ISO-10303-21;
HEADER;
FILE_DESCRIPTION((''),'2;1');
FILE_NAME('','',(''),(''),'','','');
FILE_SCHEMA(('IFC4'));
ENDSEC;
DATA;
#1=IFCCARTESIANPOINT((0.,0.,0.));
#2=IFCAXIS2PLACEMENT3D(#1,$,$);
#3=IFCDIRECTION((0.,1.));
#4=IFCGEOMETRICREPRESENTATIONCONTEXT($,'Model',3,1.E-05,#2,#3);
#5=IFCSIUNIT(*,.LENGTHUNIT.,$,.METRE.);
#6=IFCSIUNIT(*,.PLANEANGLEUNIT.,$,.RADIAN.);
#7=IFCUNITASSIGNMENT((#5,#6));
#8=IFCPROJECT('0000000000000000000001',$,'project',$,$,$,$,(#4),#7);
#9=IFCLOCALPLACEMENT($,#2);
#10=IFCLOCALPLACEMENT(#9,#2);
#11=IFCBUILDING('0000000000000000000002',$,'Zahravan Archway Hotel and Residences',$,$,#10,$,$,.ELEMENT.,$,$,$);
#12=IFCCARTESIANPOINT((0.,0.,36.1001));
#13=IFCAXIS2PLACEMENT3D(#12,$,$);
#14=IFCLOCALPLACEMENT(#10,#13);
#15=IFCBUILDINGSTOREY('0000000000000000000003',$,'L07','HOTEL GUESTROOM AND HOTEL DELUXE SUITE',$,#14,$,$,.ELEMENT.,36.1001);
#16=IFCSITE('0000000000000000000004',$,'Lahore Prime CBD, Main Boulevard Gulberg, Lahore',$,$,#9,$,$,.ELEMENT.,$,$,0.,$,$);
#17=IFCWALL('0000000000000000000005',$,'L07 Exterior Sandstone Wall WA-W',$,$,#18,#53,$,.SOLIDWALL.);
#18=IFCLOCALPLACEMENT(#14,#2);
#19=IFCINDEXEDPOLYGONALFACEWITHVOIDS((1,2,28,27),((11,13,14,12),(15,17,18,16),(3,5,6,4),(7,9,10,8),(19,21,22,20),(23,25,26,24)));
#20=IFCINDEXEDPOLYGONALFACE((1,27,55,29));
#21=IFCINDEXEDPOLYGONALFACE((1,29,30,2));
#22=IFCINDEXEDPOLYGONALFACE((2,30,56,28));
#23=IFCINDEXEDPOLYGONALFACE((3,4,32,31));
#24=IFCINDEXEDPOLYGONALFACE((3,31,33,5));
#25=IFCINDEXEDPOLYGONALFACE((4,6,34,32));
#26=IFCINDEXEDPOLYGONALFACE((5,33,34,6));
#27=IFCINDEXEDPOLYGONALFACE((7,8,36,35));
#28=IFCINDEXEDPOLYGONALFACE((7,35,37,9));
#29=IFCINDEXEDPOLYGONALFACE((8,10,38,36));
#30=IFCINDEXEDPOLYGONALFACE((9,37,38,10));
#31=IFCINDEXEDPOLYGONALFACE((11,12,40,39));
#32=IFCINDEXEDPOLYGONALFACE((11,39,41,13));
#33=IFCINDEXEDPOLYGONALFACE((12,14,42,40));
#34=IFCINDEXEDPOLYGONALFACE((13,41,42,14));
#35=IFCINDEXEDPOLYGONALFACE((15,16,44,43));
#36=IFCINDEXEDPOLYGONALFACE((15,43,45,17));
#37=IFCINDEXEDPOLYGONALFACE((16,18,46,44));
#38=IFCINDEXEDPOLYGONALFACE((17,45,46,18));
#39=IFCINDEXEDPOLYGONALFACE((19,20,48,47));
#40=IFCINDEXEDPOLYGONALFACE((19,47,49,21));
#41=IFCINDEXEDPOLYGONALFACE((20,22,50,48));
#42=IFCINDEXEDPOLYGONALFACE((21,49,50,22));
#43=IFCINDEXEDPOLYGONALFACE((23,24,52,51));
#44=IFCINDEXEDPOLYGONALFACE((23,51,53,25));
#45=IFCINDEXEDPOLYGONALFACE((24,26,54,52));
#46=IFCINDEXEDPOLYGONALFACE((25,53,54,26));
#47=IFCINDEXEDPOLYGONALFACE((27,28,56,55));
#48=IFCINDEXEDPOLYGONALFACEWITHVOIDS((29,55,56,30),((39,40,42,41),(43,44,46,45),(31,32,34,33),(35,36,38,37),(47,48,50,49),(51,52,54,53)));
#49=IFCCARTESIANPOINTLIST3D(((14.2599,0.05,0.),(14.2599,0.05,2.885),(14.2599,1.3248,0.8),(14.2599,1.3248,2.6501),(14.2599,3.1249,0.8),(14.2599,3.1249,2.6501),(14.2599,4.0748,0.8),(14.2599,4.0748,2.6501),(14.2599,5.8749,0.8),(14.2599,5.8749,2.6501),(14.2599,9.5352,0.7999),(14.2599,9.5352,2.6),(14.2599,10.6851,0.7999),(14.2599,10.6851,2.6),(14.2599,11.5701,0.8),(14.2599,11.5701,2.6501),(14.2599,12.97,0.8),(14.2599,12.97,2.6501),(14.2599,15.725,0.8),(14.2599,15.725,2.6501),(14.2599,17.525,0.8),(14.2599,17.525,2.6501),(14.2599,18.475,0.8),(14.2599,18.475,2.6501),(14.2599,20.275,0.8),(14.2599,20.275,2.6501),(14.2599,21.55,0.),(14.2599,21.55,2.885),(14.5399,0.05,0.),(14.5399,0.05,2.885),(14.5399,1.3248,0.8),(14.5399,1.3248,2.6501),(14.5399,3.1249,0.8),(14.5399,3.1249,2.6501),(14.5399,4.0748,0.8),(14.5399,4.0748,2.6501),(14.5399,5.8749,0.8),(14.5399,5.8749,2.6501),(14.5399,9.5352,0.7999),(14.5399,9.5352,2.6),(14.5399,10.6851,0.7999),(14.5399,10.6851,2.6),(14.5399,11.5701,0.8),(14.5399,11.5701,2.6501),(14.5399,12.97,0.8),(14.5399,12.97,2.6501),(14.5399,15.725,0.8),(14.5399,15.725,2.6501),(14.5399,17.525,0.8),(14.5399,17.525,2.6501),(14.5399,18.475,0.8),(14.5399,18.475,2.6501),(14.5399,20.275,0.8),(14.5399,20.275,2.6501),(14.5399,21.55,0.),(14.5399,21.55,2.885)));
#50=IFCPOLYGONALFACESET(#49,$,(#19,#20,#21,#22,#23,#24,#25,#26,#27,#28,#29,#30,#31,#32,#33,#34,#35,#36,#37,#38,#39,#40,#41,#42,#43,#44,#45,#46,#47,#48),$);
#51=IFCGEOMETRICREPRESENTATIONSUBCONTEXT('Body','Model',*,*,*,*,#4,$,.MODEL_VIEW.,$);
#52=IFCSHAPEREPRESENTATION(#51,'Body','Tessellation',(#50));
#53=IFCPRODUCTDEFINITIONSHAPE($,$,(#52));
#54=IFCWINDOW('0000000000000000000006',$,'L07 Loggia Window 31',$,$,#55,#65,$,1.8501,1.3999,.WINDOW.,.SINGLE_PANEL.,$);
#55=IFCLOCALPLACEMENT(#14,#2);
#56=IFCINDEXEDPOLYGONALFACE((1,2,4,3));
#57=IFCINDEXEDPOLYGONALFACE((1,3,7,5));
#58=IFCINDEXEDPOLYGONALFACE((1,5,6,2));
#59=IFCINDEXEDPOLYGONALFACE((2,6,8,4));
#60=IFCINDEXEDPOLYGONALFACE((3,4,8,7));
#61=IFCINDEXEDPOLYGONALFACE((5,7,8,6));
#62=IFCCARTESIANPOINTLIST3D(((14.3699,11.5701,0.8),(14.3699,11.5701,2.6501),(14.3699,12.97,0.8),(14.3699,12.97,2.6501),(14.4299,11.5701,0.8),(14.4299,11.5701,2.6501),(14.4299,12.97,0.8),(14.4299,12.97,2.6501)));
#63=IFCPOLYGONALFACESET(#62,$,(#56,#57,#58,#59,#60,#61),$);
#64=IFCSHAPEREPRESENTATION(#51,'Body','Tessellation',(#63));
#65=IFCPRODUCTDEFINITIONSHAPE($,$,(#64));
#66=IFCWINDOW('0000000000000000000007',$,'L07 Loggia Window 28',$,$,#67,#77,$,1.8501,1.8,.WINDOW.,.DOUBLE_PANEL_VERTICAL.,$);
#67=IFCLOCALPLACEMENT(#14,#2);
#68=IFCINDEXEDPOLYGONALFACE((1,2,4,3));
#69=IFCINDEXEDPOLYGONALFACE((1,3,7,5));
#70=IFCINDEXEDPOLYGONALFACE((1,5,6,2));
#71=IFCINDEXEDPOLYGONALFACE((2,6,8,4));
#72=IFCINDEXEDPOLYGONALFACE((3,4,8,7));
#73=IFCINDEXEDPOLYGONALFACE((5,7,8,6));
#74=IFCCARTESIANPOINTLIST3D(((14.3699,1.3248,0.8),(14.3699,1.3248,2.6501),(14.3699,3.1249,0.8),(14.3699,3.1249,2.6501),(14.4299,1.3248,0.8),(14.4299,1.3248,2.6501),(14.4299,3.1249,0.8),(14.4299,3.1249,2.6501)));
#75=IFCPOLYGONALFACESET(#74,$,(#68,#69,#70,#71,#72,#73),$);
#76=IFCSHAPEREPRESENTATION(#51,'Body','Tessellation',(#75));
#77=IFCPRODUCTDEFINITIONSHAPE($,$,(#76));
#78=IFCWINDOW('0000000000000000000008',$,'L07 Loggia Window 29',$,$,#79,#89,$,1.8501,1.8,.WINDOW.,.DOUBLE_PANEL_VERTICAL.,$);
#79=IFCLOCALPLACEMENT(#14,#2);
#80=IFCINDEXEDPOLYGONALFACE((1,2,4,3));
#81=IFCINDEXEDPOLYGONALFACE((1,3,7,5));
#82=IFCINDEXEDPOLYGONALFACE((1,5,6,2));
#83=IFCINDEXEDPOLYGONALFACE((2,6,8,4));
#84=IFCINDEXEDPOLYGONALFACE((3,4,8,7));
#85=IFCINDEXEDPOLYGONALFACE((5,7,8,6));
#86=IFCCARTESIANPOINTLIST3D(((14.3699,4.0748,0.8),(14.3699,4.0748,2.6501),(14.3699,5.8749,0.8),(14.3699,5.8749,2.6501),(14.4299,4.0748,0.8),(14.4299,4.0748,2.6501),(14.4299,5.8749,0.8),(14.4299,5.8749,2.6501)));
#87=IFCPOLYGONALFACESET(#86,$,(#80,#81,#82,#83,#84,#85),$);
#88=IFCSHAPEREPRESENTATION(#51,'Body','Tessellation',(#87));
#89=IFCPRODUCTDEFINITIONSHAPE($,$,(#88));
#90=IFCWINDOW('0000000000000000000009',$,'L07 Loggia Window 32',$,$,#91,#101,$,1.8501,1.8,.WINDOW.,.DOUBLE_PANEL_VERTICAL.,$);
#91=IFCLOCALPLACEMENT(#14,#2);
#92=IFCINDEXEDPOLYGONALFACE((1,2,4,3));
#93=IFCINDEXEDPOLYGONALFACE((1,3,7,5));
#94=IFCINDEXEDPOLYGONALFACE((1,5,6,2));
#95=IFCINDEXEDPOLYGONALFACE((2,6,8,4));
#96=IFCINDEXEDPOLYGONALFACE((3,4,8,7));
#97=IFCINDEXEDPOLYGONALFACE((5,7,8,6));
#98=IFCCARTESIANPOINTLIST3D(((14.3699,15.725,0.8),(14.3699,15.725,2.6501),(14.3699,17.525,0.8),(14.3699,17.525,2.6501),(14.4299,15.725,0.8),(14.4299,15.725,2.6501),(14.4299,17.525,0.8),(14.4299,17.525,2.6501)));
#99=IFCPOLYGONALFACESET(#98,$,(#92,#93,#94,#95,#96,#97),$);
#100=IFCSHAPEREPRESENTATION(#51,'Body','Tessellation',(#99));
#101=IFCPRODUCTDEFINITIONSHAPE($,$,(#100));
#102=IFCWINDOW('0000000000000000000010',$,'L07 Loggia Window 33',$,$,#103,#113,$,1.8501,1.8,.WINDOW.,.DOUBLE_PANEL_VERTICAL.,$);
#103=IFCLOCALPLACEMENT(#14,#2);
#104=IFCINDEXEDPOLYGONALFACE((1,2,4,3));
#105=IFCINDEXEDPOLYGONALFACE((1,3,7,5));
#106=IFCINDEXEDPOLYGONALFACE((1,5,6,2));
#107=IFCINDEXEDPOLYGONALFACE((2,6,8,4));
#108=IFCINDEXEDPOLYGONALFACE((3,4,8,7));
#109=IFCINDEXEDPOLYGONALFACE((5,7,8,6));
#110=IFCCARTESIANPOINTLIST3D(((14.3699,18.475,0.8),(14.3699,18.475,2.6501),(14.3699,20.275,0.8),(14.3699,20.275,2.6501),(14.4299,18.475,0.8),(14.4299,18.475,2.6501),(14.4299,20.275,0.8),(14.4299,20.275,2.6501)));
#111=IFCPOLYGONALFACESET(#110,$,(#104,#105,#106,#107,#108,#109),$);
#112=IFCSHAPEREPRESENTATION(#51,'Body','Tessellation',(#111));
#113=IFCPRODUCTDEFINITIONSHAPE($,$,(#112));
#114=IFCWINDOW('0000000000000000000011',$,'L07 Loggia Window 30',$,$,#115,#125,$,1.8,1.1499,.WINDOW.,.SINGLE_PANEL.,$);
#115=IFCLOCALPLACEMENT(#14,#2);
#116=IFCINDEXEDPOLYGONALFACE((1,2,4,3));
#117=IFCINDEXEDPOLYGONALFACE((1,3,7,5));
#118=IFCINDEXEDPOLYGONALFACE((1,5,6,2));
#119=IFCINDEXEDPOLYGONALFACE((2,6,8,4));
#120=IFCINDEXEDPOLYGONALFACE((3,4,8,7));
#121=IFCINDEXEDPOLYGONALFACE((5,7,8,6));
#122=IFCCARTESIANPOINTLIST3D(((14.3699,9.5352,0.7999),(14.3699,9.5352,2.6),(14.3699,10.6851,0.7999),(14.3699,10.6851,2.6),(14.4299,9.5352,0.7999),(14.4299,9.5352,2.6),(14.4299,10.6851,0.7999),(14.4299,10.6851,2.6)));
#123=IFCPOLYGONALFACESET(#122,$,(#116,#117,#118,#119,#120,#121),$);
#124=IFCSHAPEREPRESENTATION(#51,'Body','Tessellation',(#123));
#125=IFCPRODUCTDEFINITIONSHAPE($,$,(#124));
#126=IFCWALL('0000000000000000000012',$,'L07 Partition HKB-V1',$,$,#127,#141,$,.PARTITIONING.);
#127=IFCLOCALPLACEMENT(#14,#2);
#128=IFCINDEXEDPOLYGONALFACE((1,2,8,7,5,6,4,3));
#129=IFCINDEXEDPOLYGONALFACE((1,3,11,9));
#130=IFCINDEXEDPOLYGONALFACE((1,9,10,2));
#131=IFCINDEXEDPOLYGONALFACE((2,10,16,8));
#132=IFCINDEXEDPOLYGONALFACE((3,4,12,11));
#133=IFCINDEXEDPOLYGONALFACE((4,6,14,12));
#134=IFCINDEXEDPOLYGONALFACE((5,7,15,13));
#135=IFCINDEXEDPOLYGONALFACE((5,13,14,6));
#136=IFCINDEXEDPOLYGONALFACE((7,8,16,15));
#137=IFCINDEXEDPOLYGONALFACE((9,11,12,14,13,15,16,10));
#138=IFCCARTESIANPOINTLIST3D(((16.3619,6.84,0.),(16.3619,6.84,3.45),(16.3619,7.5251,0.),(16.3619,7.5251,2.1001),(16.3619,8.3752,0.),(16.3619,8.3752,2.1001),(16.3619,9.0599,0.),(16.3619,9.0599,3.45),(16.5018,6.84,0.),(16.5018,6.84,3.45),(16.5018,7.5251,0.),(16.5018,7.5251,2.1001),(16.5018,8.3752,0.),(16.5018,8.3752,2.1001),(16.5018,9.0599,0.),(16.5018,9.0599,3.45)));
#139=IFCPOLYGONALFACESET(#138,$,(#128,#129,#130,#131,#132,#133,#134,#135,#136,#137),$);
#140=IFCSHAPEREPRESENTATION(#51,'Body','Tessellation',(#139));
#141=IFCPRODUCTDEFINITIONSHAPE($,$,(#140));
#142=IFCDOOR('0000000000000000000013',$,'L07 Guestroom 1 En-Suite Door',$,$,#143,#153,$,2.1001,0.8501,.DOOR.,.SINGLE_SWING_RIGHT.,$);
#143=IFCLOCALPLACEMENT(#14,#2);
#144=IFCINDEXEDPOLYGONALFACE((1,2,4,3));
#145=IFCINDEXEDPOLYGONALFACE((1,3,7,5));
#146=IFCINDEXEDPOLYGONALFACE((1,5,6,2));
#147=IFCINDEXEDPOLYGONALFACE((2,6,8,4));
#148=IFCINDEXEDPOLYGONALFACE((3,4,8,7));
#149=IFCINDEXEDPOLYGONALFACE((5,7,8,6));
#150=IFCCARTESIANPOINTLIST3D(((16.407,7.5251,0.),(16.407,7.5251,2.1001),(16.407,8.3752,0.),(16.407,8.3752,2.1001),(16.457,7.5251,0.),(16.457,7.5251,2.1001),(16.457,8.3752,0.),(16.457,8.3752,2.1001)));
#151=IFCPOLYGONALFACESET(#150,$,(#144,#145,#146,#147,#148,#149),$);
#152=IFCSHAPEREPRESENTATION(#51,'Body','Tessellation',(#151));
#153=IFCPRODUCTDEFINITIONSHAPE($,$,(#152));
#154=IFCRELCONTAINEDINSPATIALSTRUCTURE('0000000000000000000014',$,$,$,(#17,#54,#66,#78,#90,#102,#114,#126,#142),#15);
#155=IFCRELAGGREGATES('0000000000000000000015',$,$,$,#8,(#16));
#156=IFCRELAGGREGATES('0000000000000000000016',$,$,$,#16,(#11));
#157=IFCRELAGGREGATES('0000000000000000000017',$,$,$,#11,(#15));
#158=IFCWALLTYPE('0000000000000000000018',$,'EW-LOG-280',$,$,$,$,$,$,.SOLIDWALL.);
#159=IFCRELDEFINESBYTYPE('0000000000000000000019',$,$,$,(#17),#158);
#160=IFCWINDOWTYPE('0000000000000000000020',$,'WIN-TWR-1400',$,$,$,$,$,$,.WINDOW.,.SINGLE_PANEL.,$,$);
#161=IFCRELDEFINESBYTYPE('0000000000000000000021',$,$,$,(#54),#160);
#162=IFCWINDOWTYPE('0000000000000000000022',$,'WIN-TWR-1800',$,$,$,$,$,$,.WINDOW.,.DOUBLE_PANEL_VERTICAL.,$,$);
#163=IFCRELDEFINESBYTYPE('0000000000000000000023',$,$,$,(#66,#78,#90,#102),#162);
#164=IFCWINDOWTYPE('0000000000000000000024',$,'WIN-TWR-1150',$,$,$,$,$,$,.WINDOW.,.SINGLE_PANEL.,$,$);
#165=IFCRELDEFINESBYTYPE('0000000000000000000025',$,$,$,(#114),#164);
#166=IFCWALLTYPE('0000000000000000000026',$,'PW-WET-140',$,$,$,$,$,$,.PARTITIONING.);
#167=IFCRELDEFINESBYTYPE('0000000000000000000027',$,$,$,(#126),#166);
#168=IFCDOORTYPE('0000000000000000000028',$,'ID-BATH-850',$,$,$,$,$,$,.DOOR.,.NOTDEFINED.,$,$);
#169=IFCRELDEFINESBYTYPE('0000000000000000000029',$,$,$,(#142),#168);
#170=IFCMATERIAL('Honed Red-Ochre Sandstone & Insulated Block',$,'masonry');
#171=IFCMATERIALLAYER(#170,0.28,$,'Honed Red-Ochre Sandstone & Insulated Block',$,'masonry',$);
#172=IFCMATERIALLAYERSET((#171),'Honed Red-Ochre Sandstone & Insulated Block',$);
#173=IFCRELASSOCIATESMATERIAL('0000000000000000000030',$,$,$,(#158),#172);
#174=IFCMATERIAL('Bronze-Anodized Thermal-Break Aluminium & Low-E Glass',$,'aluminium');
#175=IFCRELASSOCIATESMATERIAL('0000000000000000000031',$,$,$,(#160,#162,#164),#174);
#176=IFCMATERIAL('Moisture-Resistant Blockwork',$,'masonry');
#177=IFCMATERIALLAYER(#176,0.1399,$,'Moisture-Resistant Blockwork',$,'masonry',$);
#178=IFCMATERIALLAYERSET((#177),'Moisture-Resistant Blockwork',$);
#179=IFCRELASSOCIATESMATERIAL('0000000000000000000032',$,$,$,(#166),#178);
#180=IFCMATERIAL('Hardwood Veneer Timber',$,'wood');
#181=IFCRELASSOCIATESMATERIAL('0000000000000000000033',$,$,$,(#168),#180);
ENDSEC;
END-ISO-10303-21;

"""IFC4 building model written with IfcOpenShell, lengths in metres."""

from ifc_helpers import new_model, si_unit, direction, frame, frame_2d, origin, place, context, subcontext, project, spatial, rectangle, extrude, source, transform, mapped, material, layer, layer_set, type_object, type_shapes, element, fill, save


model = new_model("IFC4")

# Units and contexts
model_context = context("Model", 3, precision=1e-05, world=origin(), true_north=direction((0.0, 1.0)))
body_context = subcontext(model_context, "Body", "Model", "MODEL_VIEW")
ifc_project = project(units=[si_unit("LENGTHUNIT", "METRE"), si_unit("PLANEANGLEUNIT", "RADIAN")], contexts=[model_context])

# Site, building, storey
site_placement = place(None, origin())
site = spatial("IfcSite", under=ifc_project, at=site_placement, Name="Lahore Prime CBD, Main Boulevard Gulberg, Lahore", CompositionType="ELEMENT", RefElevation=0.0)
building_placement = place(site_placement, origin())
building = spatial("IfcBuilding", under=site, at=building_placement, Name="Zahravan Archway Hotel and Residences", CompositionType="ELEMENT")
storey_placement = place(building_placement, frame((0.0, 0.0, 36.1001)))
storey = spatial("IfcBuildingStorey", under=building, at=storey_placement, Name="L07", Description="HOTEL GUESTROOM AND HOTEL DELUXE SUITE", CompositionType="ELEMENT", Elevation=36.1001)

# Wall, openings, windows
ifc_material_1 = material(Name="Honed Red-Ochre Sandstone & Insulated Block", Category="masonry")
ifc_layer_1 = layer(ifc_material_1, 0.28, Name="Honed Red-Ochre Sandstone & Insulated Block", Category="masonry")
ifc_layer_set_1 = layer_set([ifc_layer_1], Name="Honed Red-Ochre Sandstone & Insulated Block")
wall_type_1 = type_object("IfcWallType", Name="EW-LOG-280", PredefinedType="SOLIDWALL", material=ifc_layer_set_1)
wall_1_placement = place(storey_placement, frame((14.3999, 0.05, 0.0), z_axis=(0.0, 0.0, 1.0), x_axis=(0.0, 1.0, 0.0)))
wall_1 = element("IfcWall", 1, at=wall_1_placement, inside=storey, type_object=wall_type_1, Name="L07 Exterior Sandstone Wall WA-W", PredefinedType="SOLIDWALL", context=body_context, shape_type="SweptSolid", body=[
    extrude(rectangle(XDim=21.5, YDim=0.28, at=frame_2d((10.75, 0.0))), origin(), (0.0, 0.0, 1.0), 2.885),
])
opening_1_placement = place(wall_1_placement, frame((1.2749, 0.0, 0.8)))
opening_1 = element("IfcOpeningElement", 2, at=opening_1_placement, cuts=wall_1, PredefinedType="OPENING", context=body_context, shape_type="SweptSolid", body=[
    extrude(rectangle(XDim=1.8, YDim=1.8501, at=frame_2d((0.8999, 0.925))), frame((0.0, 0.1499, 0.0), z_axis=(0.0, -1.0, 0.0), x_axis=(1.0, 0.0, 0.0)), (0.0, 0.0, 1.0), 0.3),
])
opening_2_placement = place(wall_1_placement, frame((4.0249, 0.0, 0.8)))
opening_2 = element("IfcOpeningElement", 3, at=opening_2_placement, cuts=wall_1, PredefinedType="OPENING", context=body_context, shape_type="SweptSolid", body=[
    extrude(rectangle(XDim=1.8, YDim=1.8501, at=frame_2d((0.8999, 0.925))), frame((0.0, 0.1499, 0.0), z_axis=(0.0, -1.0, 0.0), x_axis=(1.0, 0.0, 0.0)), (0.0, 0.0, 1.0), 0.3),
])
opening_3_placement = place(wall_1_placement, frame((9.4851, 0.0, 0.8)))
opening_3 = element("IfcOpeningElement", 4, at=opening_3_placement, cuts=wall_1, PredefinedType="OPENING", context=body_context, shape_type="SweptSolid", body=[
    extrude(rectangle(XDim=1.1499, YDim=1.8, at=frame_2d((0.575, 0.8999))), frame((0.0, 0.1499, 0.0), z_axis=(0.0, -1.0, 0.0), x_axis=(1.0, 0.0, 0.0)), (0.0, 0.0, 1.0), 0.3),
])
opening_4_placement = place(wall_1_placement, frame((11.52, 0.0, 0.8)))
opening_4 = element("IfcOpeningElement", 5, at=opening_4_placement, cuts=wall_1, PredefinedType="OPENING", context=body_context, shape_type="SweptSolid", body=[
    extrude(rectangle(XDim=1.3999, YDim=1.8501, at=frame_2d((0.7, 0.925))), frame((0.0, 0.1499, 0.0), z_axis=(0.0, -1.0, 0.0), x_axis=(1.0, 0.0, 0.0)), (0.0, 0.0, 1.0), 0.3),
])
opening_5_placement = place(wall_1_placement, frame((15.675, 0.0, 0.8)))
opening_5 = element("IfcOpeningElement", 6, at=opening_5_placement, cuts=wall_1, PredefinedType="OPENING", context=body_context, shape_type="SweptSolid", body=[
    extrude(rectangle(XDim=1.8, YDim=1.8501, at=frame_2d((0.8999, 0.925))), frame((0.0, 0.1499, 0.0), z_axis=(0.0, -1.0, 0.0), x_axis=(1.0, 0.0, 0.0)), (0.0, 0.0, 1.0), 0.3),
])
opening_6_placement = place(wall_1_placement, frame((18.425, 0.0, 0.8)))
opening_6 = element("IfcOpeningElement", 7, at=opening_6_placement, cuts=wall_1, PredefinedType="OPENING", context=body_context, shape_type="SweptSolid", body=[
    extrude(rectangle(XDim=1.8, YDim=1.8501, at=frame_2d((0.8999, 0.925))), frame((0.0, 0.1499, 0.0), z_axis=(0.0, -1.0, 0.0), x_axis=(1.0, 0.0, 0.0)), (0.0, 0.0, 1.0), 0.3),
])
ifc_material_2 = material(Name="Bronze-Anodized Thermal-Break Aluminium & Low-E Glass", Category="aluminium")
window_type_1 = type_object("IfcWindowType", Name="WIN-TWR-1400", PartitioningType="SINGLE_PANEL", PredefinedType="WINDOW", material=ifc_material_2)
shared_shape_1 = source(origin(), body_context, "Body", "SweptSolid", [
    extrude(rectangle(XDim=1.3999, YDim=1.8501, at=frame_2d((0.7, 0.925))), frame((0.0, 0.03, 0.0), z_axis=(0.0, -1.0, 0.0), x_axis=(1.0, 0.0, 0.0)), (0.0, 0.0, 1.0), 0.0601),
])
type_shapes(window_type_1, [shared_shape_1])
window_1_placement = place(opening_4_placement, origin())
window_1 = element("IfcWindow", 8, at=window_1_placement, inside=storey, type_object=window_type_1, Name="L07 Loggia Window 31", OverallHeight=1.8501, OverallWidth=1.3999, PartitioningType="SINGLE_PANEL", PredefinedType="WINDOW", context=body_context, shape_type="MappedRepresentation", body=[
    mapped(shared_shape_1, transform((0.0, 0.0, 0.0), scale=1.0)),
])
fill(opening_4, window_1)
window_type_2 = type_object("IfcWindowType", Name="WIN-TWR-1800", PartitioningType="DOUBLE_PANEL_VERTICAL", PredefinedType="WINDOW", material=ifc_material_2)
shared_shape_2 = source(origin(), body_context, "Body", "SweptSolid", [
    extrude(rectangle(XDim=1.8, YDim=1.8501, at=frame_2d((0.8999, 0.925))), frame((0.0, 0.03, 0.0), z_axis=(0.0, -1.0, 0.0), x_axis=(1.0, 0.0, 0.0)), (0.0, 0.0, 1.0), 0.0601),
])
type_shapes(window_type_2, [shared_shape_2])
window_2_placement = place(opening_1_placement, origin())
window_2 = element("IfcWindow", 9, at=window_2_placement, inside=storey, type_object=window_type_2, Name="L07 Loggia Window 28", OverallHeight=1.8501, OverallWidth=1.8, PartitioningType="DOUBLE_PANEL_VERTICAL", PredefinedType="WINDOW", context=body_context, shape_type="MappedRepresentation", body=[
    mapped(shared_shape_2, transform((0.0, 0.0, 0.0), scale=1.0)),
])
fill(opening_1, window_2)
window_3_placement = place(opening_2_placement, origin())
window_3 = element("IfcWindow", 10, at=window_3_placement, inside=storey, type_object=window_type_2, Name="L07 Loggia Window 29", OverallHeight=1.8501, OverallWidth=1.8, PartitioningType="DOUBLE_PANEL_VERTICAL", PredefinedType="WINDOW", context=body_context, shape_type="MappedRepresentation", body=[
    mapped(shared_shape_2, transform((0.0, 0.0, 0.0), scale=1.0)),
])
fill(opening_2, window_3)
window_4_placement = place(opening_5_placement, origin())
window_4 = element("IfcWindow", 11, at=window_4_placement, inside=storey, type_object=window_type_2, Name="L07 Loggia Window 32", OverallHeight=1.8501, OverallWidth=1.8, PartitioningType="DOUBLE_PANEL_VERTICAL", PredefinedType="WINDOW", context=body_context, shape_type="MappedRepresentation", body=[
    mapped(shared_shape_2, transform((0.0, 0.0, 0.0), scale=1.0)),
])
fill(opening_5, window_4)
window_5_placement = place(opening_6_placement, origin())
window_5 = element("IfcWindow", 12, at=window_5_placement, inside=storey, type_object=window_type_2, Name="L07 Loggia Window 33", OverallHeight=1.8501, OverallWidth=1.8, PartitioningType="DOUBLE_PANEL_VERTICAL", PredefinedType="WINDOW", context=body_context, shape_type="MappedRepresentation", body=[
    mapped(shared_shape_2, transform((0.0, 0.0, 0.0), scale=1.0)),
])
fill(opening_6, window_5)
window_type_3 = type_object("IfcWindowType", Name="WIN-TWR-1150", PartitioningType="SINGLE_PANEL", PredefinedType="WINDOW", material=ifc_material_2)
shared_shape_3 = source(origin(), body_context, "Body", "SweptSolid", [
    extrude(rectangle(XDim=1.1499, YDim=1.8, at=frame_2d((0.575, 0.8999))), frame((0.0, 0.03, 0.0), z_axis=(0.0, -1.0, 0.0), x_axis=(1.0, 0.0, 0.0)), (0.0, 0.0, 1.0), 0.0601),
])
type_shapes(window_type_3, [shared_shape_3])
window_6_placement = place(opening_3_placement, origin())
window_6 = element("IfcWindow", 13, at=window_6_placement, inside=storey, type_object=window_type_3, Name="L07 Loggia Window 30", OverallHeight=1.8, OverallWidth=1.1499, PartitioningType="SINGLE_PANEL", PredefinedType="WINDOW", context=body_context, shape_type="MappedRepresentation", body=[
    mapped(shared_shape_3, transform((0.0, 0.0, 0.0), scale=1.0)),
])
fill(opening_3, window_6)

# Wall, opening, door
ifc_material_3 = material(Name="Moisture-Resistant Blockwork", Category="masonry")
ifc_layer_2 = layer(ifc_material_3, 0.1399, Name="Moisture-Resistant Blockwork", Category="masonry")
ifc_layer_set_2 = layer_set([ifc_layer_2], Name="Moisture-Resistant Blockwork")
wall_type_2 = type_object("IfcWallType", Name="PW-WET-140", PredefinedType="PARTITIONING", material=ifc_layer_set_2)
wall_2_placement = place(storey_placement, frame((16.4319, 6.8401, 0.0), z_axis=(0.0, 0.0, 1.0), x_axis=(0.0, 1.0, 0.0)))
wall_2 = element("IfcWall", 14, at=wall_2_placement, inside=storey, type_object=wall_type_2, Name="L07 Partition HKB-V1", PredefinedType="PARTITIONING", context=body_context, shape_type="SweptSolid", body=[
    extrude(rectangle(XDim=2.22, YDim=0.1399, at=frame_2d((1.1099, 0.0))), origin(), (0.0, 0.0, 1.0), 3.45),
])
opening_7_placement = place(wall_2_placement, frame((0.6851, 0.0, 0.0)))
opening_7 = element("IfcOpeningElement", 15, at=opening_7_placement, cuts=wall_2, PredefinedType="OPENING", context=body_context, shape_type="SweptSolid", body=[
    extrude(rectangle(XDim=0.8501, YDim=2.1001, at=frame_2d((0.425, 1.05))), frame((0.0, 0.0801, 0.0), z_axis=(0.0, -1.0, 0.0), x_axis=(1.0, 0.0, 0.0)), (0.0, 0.0, 1.0), 0.1599),
])
ifc_material_4 = material(Name="Hardwood Veneer Timber", Category="wood")
door_type = type_object("IfcDoorType", Name="ID-BATH-850", OperationType="NOTDEFINED", PredefinedType="DOOR", material=ifc_material_4)
shared_shape_4 = source(origin(), body_context, "Body", "SweptSolid", [
    extrude(rectangle(XDim=0.8501, YDim=2.1001, at=frame_2d((0.425, 1.05))), frame((0.0, 0.0249, 0.0), z_axis=(0.0, -1.0, 0.0), x_axis=(1.0, 0.0, 0.0)), (0.0, 0.0, 1.0), 0.05),
])
type_shapes(door_type, [shared_shape_4])
door_placement = place(opening_7_placement, origin())
door = element("IfcDoor", 16, at=door_placement, inside=storey, type_object=door_type, Name="L07 Guestroom 1 En-Suite Door", OperationType="SINGLE_SWING_RIGHT", OverallHeight=2.1001, OverallWidth=0.8501, PredefinedType="DOOR", context=body_context, shape_type="MappedRepresentation", body=[
    mapped(shared_shape_4, transform((0.0, 0.0, 0.0), scale=1.0)),
])
fill(opening_7, door)

save(model, "model.ifc")
